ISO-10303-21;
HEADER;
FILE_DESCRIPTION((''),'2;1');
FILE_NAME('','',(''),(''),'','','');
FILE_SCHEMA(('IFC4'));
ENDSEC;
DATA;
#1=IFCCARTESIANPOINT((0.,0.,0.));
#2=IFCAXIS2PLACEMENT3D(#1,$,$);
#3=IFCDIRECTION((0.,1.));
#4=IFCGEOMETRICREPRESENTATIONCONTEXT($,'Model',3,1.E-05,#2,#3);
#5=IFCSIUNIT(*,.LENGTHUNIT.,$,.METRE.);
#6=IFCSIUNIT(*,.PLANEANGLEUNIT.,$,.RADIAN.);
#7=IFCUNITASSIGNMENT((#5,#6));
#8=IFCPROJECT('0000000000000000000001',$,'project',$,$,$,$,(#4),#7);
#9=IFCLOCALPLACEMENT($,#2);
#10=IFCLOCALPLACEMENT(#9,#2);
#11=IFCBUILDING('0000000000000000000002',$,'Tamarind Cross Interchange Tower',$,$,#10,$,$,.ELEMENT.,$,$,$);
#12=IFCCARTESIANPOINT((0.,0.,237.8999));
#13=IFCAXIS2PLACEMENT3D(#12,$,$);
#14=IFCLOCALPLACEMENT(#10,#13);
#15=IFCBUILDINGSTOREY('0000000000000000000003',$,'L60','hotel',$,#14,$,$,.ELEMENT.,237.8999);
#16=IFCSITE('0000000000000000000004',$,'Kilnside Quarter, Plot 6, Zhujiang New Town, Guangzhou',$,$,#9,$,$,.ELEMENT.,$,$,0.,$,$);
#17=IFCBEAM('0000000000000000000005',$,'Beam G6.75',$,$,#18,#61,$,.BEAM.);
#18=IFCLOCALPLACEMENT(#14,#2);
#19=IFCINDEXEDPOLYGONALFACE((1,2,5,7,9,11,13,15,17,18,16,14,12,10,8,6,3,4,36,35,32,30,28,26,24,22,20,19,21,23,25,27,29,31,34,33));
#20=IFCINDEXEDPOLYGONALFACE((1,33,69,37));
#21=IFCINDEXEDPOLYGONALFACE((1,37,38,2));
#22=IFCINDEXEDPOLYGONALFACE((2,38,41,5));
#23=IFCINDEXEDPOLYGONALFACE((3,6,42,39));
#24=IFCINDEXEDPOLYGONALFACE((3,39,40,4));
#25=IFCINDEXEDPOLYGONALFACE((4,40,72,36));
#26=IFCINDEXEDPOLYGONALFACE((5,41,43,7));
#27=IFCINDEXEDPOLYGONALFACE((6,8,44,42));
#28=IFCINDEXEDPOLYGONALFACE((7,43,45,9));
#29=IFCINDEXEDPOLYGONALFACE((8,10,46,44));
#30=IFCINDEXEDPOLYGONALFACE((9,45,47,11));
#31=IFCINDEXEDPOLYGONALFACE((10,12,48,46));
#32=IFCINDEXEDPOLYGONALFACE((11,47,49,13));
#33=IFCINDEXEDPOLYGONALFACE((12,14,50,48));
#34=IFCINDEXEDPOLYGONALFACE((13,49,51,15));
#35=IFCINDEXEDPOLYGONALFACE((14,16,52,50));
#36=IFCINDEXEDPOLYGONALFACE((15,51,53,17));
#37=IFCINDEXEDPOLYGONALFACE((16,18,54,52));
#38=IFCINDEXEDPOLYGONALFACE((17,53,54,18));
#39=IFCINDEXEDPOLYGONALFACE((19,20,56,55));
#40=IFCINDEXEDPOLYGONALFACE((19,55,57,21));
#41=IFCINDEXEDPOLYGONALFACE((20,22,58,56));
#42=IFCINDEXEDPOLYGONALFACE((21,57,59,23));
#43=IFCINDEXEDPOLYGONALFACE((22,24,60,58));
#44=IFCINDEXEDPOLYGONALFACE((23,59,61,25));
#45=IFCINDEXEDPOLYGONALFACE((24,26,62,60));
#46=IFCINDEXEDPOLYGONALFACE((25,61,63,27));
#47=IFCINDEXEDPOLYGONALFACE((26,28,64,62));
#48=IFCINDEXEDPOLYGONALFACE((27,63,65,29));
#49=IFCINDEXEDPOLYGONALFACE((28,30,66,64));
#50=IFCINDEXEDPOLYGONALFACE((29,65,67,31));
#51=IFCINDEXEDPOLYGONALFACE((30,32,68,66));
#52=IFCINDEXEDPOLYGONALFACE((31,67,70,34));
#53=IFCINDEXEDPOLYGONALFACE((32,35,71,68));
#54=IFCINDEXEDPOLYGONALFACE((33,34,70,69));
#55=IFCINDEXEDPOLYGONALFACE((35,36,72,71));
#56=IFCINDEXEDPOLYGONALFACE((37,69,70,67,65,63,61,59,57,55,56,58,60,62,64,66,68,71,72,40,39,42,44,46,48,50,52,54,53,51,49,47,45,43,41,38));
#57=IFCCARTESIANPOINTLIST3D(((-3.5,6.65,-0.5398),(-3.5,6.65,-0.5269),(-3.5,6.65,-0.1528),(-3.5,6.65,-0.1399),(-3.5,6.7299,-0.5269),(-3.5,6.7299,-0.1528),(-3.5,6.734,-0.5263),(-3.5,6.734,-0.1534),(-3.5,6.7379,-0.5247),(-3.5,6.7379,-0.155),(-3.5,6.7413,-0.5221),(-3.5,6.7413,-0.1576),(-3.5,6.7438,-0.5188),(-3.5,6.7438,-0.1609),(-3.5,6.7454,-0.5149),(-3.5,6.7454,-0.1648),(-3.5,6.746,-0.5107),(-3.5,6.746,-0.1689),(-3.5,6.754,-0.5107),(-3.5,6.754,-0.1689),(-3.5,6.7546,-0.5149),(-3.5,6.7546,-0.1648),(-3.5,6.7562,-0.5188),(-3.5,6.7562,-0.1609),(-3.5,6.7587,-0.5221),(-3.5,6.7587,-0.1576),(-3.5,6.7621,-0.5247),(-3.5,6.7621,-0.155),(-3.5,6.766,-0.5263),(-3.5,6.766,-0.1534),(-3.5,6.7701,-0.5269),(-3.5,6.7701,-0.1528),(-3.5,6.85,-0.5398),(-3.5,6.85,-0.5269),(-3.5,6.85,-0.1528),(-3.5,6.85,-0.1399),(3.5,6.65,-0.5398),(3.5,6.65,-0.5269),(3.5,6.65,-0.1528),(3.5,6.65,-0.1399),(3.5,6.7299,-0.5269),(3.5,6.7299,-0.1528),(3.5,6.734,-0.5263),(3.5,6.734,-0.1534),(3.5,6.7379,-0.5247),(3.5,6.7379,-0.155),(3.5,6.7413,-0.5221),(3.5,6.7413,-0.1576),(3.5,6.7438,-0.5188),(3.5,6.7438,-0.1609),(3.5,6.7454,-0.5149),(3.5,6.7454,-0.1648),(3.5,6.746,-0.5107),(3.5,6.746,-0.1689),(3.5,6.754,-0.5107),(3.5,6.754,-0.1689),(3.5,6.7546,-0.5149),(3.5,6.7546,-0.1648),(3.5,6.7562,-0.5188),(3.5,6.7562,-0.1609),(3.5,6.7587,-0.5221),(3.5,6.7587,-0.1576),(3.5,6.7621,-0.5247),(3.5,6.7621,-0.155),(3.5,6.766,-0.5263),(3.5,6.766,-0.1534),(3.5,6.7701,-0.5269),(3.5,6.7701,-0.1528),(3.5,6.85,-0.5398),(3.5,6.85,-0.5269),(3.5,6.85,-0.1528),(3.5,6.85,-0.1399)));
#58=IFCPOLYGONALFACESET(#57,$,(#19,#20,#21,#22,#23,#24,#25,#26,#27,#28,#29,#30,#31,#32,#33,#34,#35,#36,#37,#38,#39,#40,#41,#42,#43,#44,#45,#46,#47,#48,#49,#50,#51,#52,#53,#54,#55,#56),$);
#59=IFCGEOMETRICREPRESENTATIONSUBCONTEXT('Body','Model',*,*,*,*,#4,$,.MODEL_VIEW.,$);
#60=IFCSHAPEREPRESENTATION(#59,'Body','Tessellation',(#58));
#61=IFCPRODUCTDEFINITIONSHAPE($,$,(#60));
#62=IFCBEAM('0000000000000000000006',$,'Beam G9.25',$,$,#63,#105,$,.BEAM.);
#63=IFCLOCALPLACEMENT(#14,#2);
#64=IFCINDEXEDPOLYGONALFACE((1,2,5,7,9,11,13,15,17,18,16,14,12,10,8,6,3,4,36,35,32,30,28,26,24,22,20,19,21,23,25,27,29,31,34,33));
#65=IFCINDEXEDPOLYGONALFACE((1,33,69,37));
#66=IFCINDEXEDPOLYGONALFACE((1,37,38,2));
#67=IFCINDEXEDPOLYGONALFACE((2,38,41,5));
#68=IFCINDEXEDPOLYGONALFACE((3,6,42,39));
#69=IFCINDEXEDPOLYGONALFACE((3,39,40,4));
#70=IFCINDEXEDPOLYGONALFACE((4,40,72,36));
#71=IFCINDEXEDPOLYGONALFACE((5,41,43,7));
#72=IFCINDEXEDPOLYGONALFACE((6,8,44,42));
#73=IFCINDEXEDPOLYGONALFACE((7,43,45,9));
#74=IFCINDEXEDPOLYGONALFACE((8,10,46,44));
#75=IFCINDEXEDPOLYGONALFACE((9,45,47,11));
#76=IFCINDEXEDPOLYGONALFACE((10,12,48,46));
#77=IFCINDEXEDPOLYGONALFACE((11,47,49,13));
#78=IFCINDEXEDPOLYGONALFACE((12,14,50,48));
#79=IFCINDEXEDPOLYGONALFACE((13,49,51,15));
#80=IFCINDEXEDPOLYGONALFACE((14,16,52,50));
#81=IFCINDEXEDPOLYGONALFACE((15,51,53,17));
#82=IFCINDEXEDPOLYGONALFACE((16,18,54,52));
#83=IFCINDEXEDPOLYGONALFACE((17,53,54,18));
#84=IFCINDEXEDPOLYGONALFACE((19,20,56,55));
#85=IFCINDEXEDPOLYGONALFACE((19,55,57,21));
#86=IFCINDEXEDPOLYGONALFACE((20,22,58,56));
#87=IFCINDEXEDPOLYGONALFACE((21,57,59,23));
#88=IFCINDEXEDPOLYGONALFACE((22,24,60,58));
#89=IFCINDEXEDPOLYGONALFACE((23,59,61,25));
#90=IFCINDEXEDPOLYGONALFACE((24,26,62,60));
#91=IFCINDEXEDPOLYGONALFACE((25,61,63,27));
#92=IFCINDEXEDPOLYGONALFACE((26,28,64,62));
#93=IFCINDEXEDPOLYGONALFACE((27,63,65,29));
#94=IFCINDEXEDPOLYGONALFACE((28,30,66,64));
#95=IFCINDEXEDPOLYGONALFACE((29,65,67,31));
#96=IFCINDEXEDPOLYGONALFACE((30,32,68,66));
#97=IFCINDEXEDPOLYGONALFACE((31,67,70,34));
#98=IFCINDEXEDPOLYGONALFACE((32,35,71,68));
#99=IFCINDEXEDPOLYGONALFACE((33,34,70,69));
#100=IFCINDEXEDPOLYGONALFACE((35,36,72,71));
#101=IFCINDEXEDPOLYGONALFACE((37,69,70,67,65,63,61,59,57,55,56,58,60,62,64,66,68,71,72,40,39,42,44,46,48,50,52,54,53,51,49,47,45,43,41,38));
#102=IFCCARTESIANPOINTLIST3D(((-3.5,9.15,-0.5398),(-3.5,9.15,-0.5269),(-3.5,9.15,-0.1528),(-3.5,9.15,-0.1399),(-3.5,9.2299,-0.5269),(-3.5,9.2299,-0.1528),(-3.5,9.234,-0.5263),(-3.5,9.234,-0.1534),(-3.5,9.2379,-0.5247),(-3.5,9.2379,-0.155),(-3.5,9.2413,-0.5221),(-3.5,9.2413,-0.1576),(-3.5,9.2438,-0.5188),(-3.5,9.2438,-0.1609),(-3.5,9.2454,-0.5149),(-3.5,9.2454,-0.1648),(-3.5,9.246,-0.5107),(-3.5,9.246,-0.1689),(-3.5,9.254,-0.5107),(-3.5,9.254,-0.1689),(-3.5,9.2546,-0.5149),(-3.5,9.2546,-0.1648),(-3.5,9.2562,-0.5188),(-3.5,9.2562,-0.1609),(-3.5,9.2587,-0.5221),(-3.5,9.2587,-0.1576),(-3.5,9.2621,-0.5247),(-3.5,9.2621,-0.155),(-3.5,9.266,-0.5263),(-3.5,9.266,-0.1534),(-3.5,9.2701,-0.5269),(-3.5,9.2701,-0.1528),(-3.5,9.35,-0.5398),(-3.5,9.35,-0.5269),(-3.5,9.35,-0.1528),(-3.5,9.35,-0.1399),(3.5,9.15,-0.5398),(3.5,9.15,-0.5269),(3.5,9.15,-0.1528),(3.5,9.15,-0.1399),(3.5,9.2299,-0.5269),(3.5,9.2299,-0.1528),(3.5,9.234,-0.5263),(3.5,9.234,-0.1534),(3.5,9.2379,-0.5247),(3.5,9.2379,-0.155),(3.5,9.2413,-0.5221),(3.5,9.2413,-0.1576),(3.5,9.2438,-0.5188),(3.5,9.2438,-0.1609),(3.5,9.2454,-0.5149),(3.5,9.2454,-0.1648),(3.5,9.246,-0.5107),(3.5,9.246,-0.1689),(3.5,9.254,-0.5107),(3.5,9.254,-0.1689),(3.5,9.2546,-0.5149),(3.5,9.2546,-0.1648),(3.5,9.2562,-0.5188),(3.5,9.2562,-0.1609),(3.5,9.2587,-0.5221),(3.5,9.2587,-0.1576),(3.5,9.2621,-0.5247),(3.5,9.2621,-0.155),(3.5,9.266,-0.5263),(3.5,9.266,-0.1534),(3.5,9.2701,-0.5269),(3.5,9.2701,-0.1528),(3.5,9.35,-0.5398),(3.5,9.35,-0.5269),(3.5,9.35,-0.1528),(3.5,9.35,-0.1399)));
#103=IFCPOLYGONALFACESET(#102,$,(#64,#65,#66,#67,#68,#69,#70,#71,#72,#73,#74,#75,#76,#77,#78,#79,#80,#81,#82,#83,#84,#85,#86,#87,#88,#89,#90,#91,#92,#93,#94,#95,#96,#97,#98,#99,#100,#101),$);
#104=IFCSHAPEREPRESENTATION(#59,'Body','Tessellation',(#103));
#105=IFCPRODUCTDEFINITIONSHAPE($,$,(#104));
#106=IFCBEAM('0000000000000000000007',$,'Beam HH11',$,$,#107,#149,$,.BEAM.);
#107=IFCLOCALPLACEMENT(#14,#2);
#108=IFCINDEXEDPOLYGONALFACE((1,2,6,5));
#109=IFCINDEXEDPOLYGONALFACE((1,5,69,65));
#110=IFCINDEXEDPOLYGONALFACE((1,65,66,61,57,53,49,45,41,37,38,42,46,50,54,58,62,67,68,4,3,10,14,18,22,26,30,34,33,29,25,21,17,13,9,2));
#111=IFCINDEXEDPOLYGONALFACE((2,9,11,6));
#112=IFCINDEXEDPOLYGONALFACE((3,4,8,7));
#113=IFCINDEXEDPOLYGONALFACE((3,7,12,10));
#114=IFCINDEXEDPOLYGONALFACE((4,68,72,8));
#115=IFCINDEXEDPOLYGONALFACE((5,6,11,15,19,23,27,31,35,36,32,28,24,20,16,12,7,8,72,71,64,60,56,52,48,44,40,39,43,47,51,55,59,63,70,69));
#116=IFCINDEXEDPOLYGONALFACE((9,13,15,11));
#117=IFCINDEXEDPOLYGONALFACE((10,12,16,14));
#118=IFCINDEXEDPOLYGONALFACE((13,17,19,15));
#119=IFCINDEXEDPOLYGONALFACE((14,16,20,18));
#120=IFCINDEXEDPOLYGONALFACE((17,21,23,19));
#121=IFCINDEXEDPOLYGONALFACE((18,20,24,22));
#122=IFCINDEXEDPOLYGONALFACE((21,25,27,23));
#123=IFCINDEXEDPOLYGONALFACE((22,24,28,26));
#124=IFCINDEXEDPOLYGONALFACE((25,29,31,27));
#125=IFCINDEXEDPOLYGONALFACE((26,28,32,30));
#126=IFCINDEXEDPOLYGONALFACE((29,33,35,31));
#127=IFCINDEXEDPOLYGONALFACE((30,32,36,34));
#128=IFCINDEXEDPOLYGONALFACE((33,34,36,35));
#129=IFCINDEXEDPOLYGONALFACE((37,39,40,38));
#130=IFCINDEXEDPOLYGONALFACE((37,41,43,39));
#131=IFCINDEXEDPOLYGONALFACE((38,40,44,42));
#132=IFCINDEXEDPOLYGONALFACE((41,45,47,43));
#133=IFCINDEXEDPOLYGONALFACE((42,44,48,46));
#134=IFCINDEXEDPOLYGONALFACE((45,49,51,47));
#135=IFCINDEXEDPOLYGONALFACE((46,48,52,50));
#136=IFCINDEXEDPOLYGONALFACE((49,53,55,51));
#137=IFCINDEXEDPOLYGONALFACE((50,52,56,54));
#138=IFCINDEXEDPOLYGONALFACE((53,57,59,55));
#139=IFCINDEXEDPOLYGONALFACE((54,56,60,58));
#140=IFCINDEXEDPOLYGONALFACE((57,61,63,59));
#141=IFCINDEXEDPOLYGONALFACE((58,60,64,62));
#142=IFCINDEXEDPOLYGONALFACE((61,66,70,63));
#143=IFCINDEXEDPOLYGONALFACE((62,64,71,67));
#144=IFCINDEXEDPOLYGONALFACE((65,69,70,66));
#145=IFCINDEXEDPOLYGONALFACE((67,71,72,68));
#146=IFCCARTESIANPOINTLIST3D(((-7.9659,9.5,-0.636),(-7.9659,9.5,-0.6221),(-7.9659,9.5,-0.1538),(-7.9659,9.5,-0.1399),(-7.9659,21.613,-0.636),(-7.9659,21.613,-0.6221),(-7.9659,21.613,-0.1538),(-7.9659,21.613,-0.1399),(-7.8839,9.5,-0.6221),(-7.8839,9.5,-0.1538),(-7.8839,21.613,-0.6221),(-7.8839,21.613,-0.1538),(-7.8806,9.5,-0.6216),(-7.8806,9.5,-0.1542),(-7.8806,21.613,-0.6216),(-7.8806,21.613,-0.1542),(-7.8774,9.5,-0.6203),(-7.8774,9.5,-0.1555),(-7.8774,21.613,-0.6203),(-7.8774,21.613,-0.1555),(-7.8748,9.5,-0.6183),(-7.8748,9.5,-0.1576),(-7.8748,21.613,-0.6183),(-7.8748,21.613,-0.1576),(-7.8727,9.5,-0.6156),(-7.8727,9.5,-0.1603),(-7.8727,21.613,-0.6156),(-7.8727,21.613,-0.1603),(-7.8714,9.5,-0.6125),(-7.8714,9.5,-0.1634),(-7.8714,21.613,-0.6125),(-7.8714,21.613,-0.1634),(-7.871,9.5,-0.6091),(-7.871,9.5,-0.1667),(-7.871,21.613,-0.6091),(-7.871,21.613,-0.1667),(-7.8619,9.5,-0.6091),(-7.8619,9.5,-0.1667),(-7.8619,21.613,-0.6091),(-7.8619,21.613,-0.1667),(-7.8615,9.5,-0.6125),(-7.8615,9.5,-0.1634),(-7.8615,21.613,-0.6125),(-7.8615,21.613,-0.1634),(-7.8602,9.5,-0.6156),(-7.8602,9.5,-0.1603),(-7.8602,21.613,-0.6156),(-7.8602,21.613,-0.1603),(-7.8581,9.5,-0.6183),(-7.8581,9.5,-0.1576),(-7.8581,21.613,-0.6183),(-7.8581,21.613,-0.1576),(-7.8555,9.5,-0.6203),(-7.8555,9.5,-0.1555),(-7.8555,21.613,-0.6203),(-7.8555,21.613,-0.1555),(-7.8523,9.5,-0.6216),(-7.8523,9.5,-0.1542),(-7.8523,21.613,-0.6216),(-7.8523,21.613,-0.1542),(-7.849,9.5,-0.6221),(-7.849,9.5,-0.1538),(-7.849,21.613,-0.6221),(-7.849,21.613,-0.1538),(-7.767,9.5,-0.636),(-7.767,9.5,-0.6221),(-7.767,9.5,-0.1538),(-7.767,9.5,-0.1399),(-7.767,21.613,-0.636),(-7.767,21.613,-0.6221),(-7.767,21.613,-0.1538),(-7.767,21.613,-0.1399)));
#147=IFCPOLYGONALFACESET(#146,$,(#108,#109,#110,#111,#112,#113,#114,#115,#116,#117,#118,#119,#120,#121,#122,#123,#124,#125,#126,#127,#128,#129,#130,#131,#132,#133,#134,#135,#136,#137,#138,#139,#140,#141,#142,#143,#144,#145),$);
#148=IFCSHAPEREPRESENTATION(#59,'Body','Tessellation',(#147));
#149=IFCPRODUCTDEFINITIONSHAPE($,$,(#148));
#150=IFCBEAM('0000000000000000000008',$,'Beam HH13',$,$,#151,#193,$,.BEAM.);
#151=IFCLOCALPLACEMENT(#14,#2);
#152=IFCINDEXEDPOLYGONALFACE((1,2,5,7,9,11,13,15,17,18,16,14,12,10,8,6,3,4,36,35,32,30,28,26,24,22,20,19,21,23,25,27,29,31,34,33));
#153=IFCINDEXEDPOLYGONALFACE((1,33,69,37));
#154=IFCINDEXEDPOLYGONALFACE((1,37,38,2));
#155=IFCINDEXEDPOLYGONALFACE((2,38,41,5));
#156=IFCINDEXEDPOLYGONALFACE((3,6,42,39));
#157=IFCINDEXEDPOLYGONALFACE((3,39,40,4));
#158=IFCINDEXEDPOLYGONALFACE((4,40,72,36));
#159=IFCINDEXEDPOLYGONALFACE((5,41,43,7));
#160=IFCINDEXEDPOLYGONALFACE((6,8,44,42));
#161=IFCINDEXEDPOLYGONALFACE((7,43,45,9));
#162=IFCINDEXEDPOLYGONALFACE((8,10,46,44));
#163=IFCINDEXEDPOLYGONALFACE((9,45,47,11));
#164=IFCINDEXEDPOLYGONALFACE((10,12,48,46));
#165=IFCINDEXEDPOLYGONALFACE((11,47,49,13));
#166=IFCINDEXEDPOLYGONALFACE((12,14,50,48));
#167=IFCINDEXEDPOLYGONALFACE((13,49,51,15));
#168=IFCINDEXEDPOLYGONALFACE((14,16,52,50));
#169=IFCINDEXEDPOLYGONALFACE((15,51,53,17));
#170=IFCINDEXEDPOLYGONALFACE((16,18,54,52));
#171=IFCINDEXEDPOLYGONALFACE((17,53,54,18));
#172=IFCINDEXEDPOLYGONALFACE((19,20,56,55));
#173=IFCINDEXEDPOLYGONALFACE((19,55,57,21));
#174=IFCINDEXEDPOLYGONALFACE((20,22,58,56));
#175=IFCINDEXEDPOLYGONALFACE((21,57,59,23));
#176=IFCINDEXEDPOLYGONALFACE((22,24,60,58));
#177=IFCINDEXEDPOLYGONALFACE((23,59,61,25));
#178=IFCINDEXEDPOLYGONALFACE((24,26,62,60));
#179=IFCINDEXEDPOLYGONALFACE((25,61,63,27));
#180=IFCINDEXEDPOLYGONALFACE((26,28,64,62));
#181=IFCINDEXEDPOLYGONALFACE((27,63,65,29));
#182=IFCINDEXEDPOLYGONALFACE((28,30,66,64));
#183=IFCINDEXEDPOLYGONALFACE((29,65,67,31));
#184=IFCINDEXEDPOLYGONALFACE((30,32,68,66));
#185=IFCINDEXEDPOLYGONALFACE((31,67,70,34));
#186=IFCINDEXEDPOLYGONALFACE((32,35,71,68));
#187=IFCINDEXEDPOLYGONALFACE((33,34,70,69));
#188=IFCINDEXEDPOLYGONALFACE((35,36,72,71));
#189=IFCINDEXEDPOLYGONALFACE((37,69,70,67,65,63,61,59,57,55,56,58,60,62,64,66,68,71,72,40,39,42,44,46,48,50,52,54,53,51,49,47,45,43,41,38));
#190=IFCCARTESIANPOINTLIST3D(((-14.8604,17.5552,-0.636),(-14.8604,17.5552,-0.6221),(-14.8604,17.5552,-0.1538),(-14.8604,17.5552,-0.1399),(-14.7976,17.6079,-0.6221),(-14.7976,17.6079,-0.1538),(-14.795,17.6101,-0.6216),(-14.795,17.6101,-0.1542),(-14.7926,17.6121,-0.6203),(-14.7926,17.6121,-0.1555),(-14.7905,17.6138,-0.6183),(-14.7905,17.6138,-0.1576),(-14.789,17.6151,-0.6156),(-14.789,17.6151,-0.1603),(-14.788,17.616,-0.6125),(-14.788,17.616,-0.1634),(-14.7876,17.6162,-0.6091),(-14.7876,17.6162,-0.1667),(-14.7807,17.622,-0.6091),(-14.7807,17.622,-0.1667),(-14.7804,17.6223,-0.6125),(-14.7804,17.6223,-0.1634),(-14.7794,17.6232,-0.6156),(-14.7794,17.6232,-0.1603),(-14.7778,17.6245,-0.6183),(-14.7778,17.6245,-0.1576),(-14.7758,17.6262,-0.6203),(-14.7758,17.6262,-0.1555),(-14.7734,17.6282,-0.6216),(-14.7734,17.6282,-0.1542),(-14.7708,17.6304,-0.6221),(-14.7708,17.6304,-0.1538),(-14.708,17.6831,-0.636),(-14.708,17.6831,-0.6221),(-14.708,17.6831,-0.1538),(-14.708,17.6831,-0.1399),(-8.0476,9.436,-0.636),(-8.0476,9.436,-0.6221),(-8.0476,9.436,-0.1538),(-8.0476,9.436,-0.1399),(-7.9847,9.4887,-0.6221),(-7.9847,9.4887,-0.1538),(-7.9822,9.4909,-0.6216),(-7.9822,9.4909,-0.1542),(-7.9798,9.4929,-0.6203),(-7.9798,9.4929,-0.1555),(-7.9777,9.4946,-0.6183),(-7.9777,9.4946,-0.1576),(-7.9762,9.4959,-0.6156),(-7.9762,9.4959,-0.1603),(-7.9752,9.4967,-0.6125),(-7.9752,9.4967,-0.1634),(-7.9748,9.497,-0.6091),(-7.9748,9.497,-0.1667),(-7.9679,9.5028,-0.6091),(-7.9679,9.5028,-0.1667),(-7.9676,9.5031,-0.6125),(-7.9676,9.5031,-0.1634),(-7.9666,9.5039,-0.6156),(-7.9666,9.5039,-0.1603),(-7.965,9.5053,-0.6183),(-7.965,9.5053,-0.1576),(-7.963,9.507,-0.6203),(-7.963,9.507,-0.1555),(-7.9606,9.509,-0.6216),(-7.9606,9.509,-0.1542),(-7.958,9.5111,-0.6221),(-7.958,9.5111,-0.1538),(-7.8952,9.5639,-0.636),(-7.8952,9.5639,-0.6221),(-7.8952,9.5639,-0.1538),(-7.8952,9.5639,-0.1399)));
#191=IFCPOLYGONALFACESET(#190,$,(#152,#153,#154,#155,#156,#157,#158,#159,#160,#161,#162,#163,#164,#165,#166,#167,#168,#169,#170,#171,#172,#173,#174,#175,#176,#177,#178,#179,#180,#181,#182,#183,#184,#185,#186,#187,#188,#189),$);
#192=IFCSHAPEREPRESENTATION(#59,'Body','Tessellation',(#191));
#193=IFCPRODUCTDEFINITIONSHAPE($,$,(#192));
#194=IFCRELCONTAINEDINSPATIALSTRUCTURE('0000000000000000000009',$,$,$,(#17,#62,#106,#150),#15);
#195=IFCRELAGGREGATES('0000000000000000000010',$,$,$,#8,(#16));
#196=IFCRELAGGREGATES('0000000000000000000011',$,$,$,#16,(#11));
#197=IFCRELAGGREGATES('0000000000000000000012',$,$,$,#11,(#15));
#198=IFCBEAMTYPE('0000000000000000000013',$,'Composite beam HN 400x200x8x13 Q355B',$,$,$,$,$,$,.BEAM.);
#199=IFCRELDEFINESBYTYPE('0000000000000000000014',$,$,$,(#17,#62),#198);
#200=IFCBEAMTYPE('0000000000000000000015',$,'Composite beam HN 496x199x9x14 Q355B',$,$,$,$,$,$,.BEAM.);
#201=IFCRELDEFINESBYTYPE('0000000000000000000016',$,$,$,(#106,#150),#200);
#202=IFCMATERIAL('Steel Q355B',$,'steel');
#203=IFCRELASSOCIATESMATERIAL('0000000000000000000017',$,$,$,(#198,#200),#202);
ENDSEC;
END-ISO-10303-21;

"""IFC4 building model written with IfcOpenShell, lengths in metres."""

from ifc_helpers import new_model, si_unit, direction, frame, origin, origin_2d, place, context, subcontext, project, spatial, i_section, extrude, material, material_profile, profile_set, type_object, element, save


model = new_model("IFC4")

# Units and contexts
model_context = context("Model", 3, precision=1e-05, world=origin(), true_north=direction((0.0, 1.0)))
body_context = subcontext(model_context, "Body", "Model", "MODEL_VIEW")
ifc_project = project(units=[si_unit("LENGTHUNIT", "METRE"), si_unit("PLANEANGLEUNIT", "RADIAN")], contexts=[model_context])

# Site, building, storey
site_placement = place(None, origin())
site = spatial("IfcSite", under=ifc_project, at=site_placement, Name="Kilnside Quarter, Plot 6, Zhujiang New Town, Guangzhou", CompositionType="ELEMENT", RefElevation=0.0)
building_placement = place(site_placement, origin())
building = spatial("IfcBuilding", under=site, at=building_placement, Name="Tamarind Cross Interchange Tower", CompositionType="ELEMENT")
storey_placement = place(building_placement, frame((0.0, 0.0, 237.8999)))
storey = spatial("IfcBuildingStorey", under=building, at=storey_placement, Name="L60", Description="hotel", CompositionType="ELEMENT", Elevation=237.8999)

# Beams
ifc_material_1 = material(Name="Steel Q355B", Category="steel")
ifc_material_profile_1 = material_profile(ifc_material_1, i_section(OverallWidth=0.2, OverallDepth=0.3999, WebThickness=0.0081, FlangeThickness=0.0129, FilletRadius=0.0161, at=origin_2d()), Name="HN 400x200x8x13")
ifc_profile_set_1 = profile_set([ifc_material_profile_1], Name="Steel Q355B")
beam_type_1 = type_object("IfcBeamType", Name="Composite beam HN 400x200x8x13 Q355B", PredefinedType="BEAM", material=ifc_profile_set_1)
for number, where, z_axis, x_axis, name in (
    (1, (-3.5, 6.75, -0.3398), (1.0, 0.0, 0.0), (0.0, 1.0, 0.0), "Beam G6.75"),
    (2, (-3.5, 9.25, -0.3398), (1.0, 0.0, 0.0), (0.0, 1.0, 0.0), "Beam G9.25"),
):
    element("IfcBeam", number, at=place(storey_placement, frame(where, z_axis=z_axis, x_axis=x_axis)), inside=storey, type_object=beam_type_1, Name=name, PredefinedType="BEAM", context=body_context, shape_type="SweptSolid", body=[
        extrude(i_section(OverallWidth=0.2, OverallDepth=0.3999, WebThickness=0.0081, FlangeThickness=0.0129, FilletRadius=0.0161, at=origin_2d()), origin(), (0.0, 0.0, 1.0), 7.0),
    ])
ifc_material_profile_2 = material_profile(ifc_material_1, i_section(OverallWidth=0.199, OverallDepth=0.4961, WebThickness=0.009, FlangeThickness=0.0139, FilletRadius=0.0129, at=origin_2d()), Name="HN 496x199x9x14")
ifc_profile_set_2 = profile_set([ifc_material_profile_2], Name="Steel Q355B")
beam_type_2 = type_object("IfcBeamType", Name="Composite beam HN 496x199x9x14 Q355B", PredefinedType="BEAM", material=ifc_profile_set_2)
beam_1_placement = place(storey_placement, frame((-7.8665, 21.613, -0.3879), z_axis=(0.0, -1.0, 0.0), x_axis=(1.0, 0.0, 0.0)))
element("IfcBeam", 3, at=beam_1_placement, inside=storey, type_object=beam_type_2, Name="Beam HH11", PredefinedType="BEAM", context=body_context, shape_type="SweptSolid", body=[
    extrude(i_section(OverallWidth=0.199, OverallDepth=0.4961, WebThickness=0.009, FlangeThickness=0.0139, FilletRadius=0.0129, at=origin_2d()), origin(), (0.0, 0.0, 1.0), 12.113),
])
beam_2_placement = place(storey_placement, frame((-14.7842, 17.6191, -0.3879), z_axis=(0.642786, -0.766046, 0.0), x_axis=(0.766046, 0.642786, 0.0)))
element("IfcBeam", 4, at=beam_2_placement, inside=storey, type_object=beam_type_2, Name="Beam HH13", PredefinedType="BEAM", context=body_context, shape_type="SweptSolid", body=[
    extrude(i_section(OverallWidth=0.199, OverallDepth=0.4961, WebThickness=0.009, FlangeThickness=0.0139, FilletRadius=0.0129, at=origin_2d()), origin(), (0.0, 0.0, 1.0), 10.5989),
])

save(model, "model.ifc")
